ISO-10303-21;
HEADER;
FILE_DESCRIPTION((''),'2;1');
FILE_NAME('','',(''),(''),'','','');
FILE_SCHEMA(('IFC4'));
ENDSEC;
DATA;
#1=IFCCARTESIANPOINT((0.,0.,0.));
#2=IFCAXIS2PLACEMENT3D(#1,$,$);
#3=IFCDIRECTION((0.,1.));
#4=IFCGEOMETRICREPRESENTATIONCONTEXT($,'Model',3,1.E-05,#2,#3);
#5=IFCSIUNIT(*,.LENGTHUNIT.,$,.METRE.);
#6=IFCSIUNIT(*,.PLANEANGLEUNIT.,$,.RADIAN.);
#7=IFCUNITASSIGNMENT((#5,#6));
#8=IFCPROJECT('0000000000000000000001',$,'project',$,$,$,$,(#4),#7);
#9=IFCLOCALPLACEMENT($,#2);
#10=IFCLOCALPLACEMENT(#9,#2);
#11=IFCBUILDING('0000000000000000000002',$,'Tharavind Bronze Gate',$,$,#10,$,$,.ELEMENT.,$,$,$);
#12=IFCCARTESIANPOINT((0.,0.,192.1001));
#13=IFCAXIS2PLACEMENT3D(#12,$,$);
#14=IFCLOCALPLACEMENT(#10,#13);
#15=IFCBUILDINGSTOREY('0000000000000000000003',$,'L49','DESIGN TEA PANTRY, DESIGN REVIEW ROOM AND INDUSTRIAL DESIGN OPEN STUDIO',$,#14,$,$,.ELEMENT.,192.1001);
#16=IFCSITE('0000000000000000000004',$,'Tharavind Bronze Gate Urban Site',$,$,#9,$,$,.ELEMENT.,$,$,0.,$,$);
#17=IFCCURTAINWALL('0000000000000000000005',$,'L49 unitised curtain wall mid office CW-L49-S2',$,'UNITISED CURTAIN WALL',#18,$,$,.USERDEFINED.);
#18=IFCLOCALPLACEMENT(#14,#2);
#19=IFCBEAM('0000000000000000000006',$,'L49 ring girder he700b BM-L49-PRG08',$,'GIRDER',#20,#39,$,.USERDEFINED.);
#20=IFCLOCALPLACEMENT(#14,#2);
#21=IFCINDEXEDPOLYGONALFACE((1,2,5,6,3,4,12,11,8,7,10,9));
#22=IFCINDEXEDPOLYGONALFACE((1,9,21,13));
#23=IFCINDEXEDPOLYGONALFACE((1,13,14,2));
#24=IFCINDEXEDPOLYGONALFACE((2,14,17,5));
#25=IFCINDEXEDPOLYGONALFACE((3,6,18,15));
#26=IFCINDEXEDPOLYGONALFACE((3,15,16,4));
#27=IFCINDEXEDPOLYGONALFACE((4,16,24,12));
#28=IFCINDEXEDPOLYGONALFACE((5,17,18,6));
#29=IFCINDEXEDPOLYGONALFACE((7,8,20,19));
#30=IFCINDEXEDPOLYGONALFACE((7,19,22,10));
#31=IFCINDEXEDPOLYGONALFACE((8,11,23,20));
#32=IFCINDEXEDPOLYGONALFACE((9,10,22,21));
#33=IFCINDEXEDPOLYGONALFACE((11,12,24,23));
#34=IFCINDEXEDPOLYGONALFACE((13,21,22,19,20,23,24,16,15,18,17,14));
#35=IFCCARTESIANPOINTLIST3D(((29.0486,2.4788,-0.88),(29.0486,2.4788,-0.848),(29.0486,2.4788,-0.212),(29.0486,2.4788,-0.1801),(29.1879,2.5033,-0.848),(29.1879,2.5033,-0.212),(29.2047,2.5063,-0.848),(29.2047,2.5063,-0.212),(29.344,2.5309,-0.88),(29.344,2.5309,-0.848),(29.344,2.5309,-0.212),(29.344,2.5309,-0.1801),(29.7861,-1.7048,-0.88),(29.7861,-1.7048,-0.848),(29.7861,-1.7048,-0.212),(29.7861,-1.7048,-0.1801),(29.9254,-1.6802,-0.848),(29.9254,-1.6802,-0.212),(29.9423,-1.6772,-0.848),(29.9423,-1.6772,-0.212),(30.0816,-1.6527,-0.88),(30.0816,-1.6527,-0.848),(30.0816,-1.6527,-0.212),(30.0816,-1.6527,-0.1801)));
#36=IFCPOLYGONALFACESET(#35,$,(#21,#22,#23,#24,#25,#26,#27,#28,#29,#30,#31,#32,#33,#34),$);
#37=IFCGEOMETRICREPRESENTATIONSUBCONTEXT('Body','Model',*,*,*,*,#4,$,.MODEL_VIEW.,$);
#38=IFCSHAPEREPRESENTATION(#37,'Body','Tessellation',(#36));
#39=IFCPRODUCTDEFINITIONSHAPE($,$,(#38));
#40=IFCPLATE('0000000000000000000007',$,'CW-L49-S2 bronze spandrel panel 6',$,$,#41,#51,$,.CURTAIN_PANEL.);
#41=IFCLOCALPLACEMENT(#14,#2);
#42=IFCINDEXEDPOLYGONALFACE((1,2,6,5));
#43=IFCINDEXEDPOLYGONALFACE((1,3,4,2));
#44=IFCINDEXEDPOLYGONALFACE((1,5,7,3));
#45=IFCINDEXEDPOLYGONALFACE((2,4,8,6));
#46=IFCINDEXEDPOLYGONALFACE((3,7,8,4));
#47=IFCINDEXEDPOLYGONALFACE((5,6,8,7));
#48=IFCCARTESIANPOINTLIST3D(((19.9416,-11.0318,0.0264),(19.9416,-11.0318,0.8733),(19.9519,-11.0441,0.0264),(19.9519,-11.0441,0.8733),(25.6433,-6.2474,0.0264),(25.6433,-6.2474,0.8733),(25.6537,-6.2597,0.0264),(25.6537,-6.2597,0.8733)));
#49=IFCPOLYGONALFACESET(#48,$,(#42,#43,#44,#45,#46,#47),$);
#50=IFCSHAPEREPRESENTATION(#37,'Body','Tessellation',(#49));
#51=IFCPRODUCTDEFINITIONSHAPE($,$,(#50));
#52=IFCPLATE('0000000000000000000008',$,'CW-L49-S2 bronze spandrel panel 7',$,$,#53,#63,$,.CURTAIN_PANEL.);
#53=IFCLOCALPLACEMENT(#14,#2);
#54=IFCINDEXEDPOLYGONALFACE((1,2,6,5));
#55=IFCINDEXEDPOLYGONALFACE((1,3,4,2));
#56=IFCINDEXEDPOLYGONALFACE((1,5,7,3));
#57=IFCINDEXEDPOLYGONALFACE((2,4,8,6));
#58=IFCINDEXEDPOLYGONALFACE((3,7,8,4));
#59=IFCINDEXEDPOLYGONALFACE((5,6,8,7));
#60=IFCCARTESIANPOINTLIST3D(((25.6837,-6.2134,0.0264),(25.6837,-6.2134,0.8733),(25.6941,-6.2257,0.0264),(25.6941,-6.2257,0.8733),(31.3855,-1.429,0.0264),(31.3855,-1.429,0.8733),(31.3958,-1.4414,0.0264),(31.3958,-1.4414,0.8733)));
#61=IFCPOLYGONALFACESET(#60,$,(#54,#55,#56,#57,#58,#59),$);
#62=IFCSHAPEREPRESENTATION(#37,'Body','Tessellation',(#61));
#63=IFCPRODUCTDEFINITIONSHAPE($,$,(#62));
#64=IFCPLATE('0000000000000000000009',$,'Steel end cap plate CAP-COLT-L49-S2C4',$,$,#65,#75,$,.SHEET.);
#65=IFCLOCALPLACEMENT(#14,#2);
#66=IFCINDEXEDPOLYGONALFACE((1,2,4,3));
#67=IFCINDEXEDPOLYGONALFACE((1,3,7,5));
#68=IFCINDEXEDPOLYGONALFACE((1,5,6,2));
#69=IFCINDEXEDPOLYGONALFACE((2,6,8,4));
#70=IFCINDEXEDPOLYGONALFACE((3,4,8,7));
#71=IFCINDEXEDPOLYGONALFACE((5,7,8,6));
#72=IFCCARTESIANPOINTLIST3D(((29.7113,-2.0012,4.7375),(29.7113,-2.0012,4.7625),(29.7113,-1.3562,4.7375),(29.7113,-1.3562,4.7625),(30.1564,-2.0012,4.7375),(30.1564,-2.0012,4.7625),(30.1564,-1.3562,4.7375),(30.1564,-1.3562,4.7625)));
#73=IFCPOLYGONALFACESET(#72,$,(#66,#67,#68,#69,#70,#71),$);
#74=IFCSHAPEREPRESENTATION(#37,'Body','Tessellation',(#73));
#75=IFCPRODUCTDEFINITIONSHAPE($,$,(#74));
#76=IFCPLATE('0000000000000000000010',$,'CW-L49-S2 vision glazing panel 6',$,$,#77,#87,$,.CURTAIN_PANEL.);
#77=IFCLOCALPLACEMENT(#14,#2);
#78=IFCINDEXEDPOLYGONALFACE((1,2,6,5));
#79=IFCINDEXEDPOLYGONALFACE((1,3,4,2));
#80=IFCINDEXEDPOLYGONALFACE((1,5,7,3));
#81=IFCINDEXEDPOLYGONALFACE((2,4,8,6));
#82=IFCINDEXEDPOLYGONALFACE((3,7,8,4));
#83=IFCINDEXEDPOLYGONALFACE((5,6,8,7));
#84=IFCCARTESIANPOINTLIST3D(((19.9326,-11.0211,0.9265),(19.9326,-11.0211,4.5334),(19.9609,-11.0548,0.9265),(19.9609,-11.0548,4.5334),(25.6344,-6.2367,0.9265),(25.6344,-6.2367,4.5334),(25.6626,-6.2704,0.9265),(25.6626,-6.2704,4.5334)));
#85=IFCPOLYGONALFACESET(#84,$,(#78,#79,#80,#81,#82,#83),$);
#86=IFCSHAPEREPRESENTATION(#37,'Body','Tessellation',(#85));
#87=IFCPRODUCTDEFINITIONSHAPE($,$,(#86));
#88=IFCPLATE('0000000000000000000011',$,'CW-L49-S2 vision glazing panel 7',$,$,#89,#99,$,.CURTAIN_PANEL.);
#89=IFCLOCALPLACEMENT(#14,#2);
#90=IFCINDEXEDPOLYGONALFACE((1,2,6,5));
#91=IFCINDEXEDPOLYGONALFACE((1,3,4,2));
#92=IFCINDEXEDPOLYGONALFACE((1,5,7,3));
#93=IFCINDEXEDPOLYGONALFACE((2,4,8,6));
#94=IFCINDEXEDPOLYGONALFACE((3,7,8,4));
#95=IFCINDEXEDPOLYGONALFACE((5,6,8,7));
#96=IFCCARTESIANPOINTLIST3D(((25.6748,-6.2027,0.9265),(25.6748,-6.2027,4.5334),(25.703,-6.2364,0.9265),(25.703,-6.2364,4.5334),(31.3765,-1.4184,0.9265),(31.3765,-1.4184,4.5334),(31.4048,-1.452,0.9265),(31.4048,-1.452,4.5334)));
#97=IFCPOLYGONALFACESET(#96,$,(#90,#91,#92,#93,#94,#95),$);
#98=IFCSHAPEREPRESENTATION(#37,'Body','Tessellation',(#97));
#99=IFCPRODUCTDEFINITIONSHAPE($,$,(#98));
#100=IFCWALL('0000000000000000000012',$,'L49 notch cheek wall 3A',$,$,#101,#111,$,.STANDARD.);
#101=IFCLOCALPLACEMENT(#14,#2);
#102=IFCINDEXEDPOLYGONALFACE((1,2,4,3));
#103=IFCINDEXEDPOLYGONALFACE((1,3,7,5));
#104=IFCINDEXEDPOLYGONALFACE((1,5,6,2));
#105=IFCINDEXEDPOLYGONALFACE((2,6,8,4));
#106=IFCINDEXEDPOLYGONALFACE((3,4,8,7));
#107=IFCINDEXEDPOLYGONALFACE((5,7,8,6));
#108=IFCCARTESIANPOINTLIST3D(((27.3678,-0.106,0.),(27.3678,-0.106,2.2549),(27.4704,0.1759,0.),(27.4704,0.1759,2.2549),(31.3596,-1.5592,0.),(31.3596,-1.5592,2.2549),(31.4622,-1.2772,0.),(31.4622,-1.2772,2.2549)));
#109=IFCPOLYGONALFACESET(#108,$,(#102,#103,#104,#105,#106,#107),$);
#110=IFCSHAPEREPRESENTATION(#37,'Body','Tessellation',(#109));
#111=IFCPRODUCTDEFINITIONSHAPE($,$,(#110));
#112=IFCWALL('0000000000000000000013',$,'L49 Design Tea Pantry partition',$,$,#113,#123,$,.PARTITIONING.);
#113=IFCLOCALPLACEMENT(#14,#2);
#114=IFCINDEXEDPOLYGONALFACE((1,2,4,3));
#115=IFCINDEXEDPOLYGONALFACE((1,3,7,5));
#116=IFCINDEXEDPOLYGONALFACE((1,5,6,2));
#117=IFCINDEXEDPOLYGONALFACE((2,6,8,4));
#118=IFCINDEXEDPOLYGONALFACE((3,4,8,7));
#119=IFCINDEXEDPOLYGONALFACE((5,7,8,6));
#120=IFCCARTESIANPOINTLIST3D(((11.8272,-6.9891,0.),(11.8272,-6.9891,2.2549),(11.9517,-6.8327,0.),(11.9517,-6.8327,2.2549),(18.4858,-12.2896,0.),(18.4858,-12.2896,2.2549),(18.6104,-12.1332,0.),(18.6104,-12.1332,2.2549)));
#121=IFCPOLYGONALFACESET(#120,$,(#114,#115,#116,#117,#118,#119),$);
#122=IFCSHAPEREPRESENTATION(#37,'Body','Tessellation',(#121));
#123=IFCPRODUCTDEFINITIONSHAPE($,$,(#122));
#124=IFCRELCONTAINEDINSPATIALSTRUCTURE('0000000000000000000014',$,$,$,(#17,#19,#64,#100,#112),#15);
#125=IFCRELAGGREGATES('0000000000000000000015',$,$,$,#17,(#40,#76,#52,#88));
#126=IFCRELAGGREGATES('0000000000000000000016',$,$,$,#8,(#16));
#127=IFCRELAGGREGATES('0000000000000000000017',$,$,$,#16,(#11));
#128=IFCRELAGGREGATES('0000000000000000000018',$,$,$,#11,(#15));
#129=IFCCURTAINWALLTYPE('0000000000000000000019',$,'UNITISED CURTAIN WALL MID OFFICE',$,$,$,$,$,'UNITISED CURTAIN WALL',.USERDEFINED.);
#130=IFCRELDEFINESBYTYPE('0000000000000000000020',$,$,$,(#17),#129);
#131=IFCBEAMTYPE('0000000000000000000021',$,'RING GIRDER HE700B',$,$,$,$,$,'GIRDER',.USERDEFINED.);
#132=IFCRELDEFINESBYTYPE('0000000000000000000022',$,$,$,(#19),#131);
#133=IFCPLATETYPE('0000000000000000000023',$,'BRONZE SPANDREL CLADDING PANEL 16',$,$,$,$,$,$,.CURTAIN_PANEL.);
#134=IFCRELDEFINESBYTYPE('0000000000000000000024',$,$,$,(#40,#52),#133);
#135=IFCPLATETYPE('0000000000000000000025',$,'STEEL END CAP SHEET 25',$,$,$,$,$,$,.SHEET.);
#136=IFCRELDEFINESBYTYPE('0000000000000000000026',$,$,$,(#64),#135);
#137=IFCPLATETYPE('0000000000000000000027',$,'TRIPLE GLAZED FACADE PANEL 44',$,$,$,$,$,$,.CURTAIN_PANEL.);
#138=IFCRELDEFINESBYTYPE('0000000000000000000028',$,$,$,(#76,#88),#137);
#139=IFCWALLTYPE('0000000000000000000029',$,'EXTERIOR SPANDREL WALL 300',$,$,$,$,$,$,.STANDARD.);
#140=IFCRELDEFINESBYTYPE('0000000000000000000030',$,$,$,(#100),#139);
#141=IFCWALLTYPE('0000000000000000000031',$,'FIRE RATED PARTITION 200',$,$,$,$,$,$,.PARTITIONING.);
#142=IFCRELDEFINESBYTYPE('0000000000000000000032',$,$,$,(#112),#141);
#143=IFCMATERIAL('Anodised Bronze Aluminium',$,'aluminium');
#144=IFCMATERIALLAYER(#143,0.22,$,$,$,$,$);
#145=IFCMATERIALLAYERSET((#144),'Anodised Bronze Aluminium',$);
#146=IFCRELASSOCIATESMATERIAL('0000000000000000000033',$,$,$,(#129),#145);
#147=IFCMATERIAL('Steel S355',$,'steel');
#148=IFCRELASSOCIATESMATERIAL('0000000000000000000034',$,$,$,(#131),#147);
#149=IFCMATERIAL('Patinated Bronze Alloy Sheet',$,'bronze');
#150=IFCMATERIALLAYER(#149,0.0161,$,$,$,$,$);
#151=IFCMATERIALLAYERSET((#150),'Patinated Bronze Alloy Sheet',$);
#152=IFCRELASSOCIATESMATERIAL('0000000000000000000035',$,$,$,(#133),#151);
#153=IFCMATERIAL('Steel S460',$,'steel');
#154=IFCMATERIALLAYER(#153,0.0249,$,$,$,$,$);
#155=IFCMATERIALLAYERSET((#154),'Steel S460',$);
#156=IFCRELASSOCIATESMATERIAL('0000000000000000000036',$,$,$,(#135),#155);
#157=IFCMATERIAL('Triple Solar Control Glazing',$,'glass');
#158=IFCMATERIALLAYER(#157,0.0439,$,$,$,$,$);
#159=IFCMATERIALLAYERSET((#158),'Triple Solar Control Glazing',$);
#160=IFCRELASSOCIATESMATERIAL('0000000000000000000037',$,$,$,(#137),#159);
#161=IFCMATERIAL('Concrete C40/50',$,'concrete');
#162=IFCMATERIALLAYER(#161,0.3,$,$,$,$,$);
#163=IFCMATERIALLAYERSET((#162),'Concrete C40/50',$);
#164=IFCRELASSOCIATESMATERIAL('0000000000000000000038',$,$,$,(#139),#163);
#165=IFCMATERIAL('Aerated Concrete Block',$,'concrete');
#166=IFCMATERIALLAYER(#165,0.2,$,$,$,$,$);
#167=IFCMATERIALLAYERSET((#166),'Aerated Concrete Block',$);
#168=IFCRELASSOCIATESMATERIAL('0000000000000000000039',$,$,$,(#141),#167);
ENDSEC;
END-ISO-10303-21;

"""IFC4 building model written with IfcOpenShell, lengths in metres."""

from ifc_helpers import new_model, si_unit, direction, frame, frame_2d, origin, origin_2d, place, context, subcontext, project, spatial, rectangle, i_section, extrude, material, layer, layer_set, material_profile, profile_set, type_object, element, aggregate, save


model = new_model("IFC4")

# Units and contexts
model_context = context("Model", 3, precision=1e-05, world=origin(), true_north=direction((0.0, 1.0)))
body_context = subcontext(model_context, "Body", "Model", "MODEL_VIEW")
ifc_project = project(units=[si_unit("LENGTHUNIT", "METRE"), si_unit("PLANEANGLEUNIT", "RADIAN")], contexts=[model_context])

# Site, building, storey
site_placement = place(None, origin())
site = spatial("IfcSite", under=ifc_project, at=site_placement, Name="Tharavind Bronze Gate Urban Site", CompositionType="ELEMENT", RefElevation=0.0)
building_placement = place(site_placement, origin())
building = spatial("IfcBuilding", under=site, at=building_placement, Name="Tharavind Bronze Gate", CompositionType="ELEMENT")
storey_placement = place(building_placement, frame((0.0, 0.0, 192.1001)))
storey = spatial("IfcBuildingStorey", under=building, at=storey_placement, Name="L49", Description="DESIGN TEA PANTRY, DESIGN REVIEW ROOM AND INDUSTRIAL DESIGN OPEN STUDIO", CompositionType="ELEMENT", Elevation=192.1001)

# Shared definitions
ifc_material_1 = material(Name="Steel S460", Category="steel")

# Curtain wall
ifc_material_2 = material(Name="Anodised Bronze Aluminium", Category="aluminium")
ifc_layer_1 = layer(ifc_material_2, 0.22)
ifc_layer_set_1 = layer_set([ifc_layer_1], Name="Anodised Bronze Aluminium")
curtain_wall_type = type_object("IfcCurtainWallType", Name="UNITISED CURTAIN WALL MID OFFICE", ElementType="UNITISED CURTAIN WALL", PredefinedType="USERDEFINED", material=ifc_layer_set_1)
curtain_wall_placement = place(storey_placement, origin())
curtain_wall = element("IfcCurtainWall", 1, at=curtain_wall_placement, inside=storey, type_object=curtain_wall_type, Name="L49 unitised curtain wall mid office CW-L49-S2", ObjectType="UNITISED CURTAIN WALL", PredefinedType="USERDEFINED")

# Beam
ifc_material_3 = material(Name="Steel S355", Category="steel")
ifc_material_profile_1 = material_profile(ifc_material_3, i_section(OverallWidth=0.3, OverallDepth=0.7, WebThickness=0.0171, FlangeThickness=0.032, at=origin_2d()), Name="HE700B")
ifc_profile_set_1 = profile_set([ifc_material_profile_1], Name="Steel S355")
beam_type_1 = type_object("IfcBeamType", Name="RING GIRDER HE700B", ElementType="GIRDER", PredefinedType="USERDEFINED", material=ifc_profile_set_1)
beam_1_placement = place(storey_placement, frame((29.9338, -1.6787, -0.53), z_axis=(-0.173618, 0.984813, 0.0), x_axis=(-0.984813, -0.173618, 0.0)))
element("IfcBeam", 2, at=beam_1_placement, inside=storey, type_object=beam_type_1, Name="L49 ring girder he700b BM-L49-PRG08", ObjectType="GIRDER", PredefinedType="USERDEFINED", context=body_context, shape_type="SweptSolid", body=[
    extrude(i_section(OverallWidth=0.3, OverallDepth=0.7, WebThickness=0.0171, FlangeThickness=0.032, at=origin_2d()), origin(), (0.0, 0.0, 1.0), 4.248),
])

# Plates
ifc_material_4 = material(Name="Patinated Bronze Alloy Sheet", Category="bronze")
ifc_layer_2 = layer(ifc_material_4, 0.0161)
ifc_layer_set_2 = layer_set([ifc_layer_2], Name="Patinated Bronze Alloy Sheet")
plate_type_1 = type_object("IfcPlateType", Name="BRONZE SPANDREL CLADDING PANEL 16", PredefinedType="CURTAIN_PANEL", material=ifc_layer_set_2)
plate_1_placement = place(storey_placement, frame((22.7976, -8.6458, 0.0264), z_axis=(0.0, 0.0, 1.0), x_axis=(0.766043, 0.642789, 0.0)))
plate_1 = element("IfcPlate", 3, at=plate_1_placement, type_object=plate_type_1, Name="CW-L49-S2 bronze spandrel panel 6", PredefinedType="CURTAIN_PANEL", context=body_context, shape_type="SweptSolid", body=[
    extrude(rectangle(XDim=7.4431, YDim=0.0161, at=origin_2d()), origin(), (0.0, 0.0, 1.0), 0.8469),
])
plate_2_placement = place(storey_placement, frame((28.5398, -3.8274, 0.0264), z_axis=(0.0, 0.0, 1.0), x_axis=(0.766043, 0.642789, 0.0)))
plate_2 = element("IfcPlate", 4, at=plate_2_placement, type_object=plate_type_1, Name="CW-L49-S2 bronze spandrel panel 7", PredefinedType="CURTAIN_PANEL", context=body_context, shape_type="SweptSolid", body=[
    extrude(rectangle(XDim=7.4431, YDim=0.0161, at=origin_2d()), origin(), (0.0, 0.0, 1.0), 0.8469),
])
ifc_layer_3 = layer(ifc_material_1, 0.0249)
ifc_layer_set_3 = layer_set([ifc_layer_3], Name="Steel S460")
plate_type_2 = type_object("IfcPlateType", Name="STEEL END CAP SHEET 25", PredefinedType="SHEET", material=ifc_layer_set_3)
plate_3_placement = place(storey_placement, frame((29.9338, -1.6787, 4.7375), z_axis=(0.0, 0.0, 1.0), x_axis=(1.0, 0.0, 0.0)))
element("IfcPlate", 5, at=plate_3_placement, inside=storey, type_object=plate_type_2, Name="Steel end cap plate CAP-COLT-L49-S2C4", PredefinedType="SHEET", context=body_context, shape_type="SweptSolid", body=[
    extrude(rectangle(XDim=0.4451, YDim=0.645, at=origin_2d()), origin(), (0.0, 0.0, 1.0), 0.0249),
])
ifc_material_5 = material(Name="Triple Solar Control Glazing", Category="glass")
ifc_layer_4 = layer(ifc_material_5, 0.0439)
ifc_layer_set_4 = layer_set([ifc_layer_4], Name="Triple Solar Control Glazing")
plate_type_3 = type_object("IfcPlateType", Name="TRIPLE GLAZED FACADE PANEL 44", PredefinedType="CURTAIN_PANEL", material=ifc_layer_set_4)
plate_4_placement = place(storey_placement, frame((22.7976, -8.6458, 0.9265), z_axis=(0.0, 0.0, 1.0), x_axis=(0.766043, 0.642789, 0.0)))
plate_4 = element("IfcPlate", 6, at=plate_4_placement, type_object=plate_type_3, Name="CW-L49-S2 vision glazing panel 6", PredefinedType="CURTAIN_PANEL", context=body_context, shape_type="SweptSolid", body=[
    extrude(rectangle(XDim=7.4431, YDim=0.0439, at=origin_2d()), origin(), (0.0, 0.0, 1.0), 3.6069),
])
plate_5_placement = place(storey_placement, frame((28.5398, -3.8274, 0.9265), z_axis=(0.0, 0.0, 1.0), x_axis=(0.766043, 0.642789, 0.0)))
plate_5 = element("IfcPlate", 7, at=plate_5_placement, type_object=plate_type_3, Name="CW-L49-S2 vision glazing panel 7", PredefinedType="CURTAIN_PANEL", context=body_context, shape_type="SweptSolid", body=[
    extrude(rectangle(XDim=7.4431, YDim=0.0439, at=origin_2d()), origin(), (0.0, 0.0, 1.0), 3.6069),
])
aggregate(curtain_wall, [plate_1, plate_4, plate_2, plate_5])

# Walls
ifc_material_6 = material(Name="Concrete C40/50", Category="concrete")
ifc_layer_5 = layer(ifc_material_6, 0.3)
ifc_layer_set_5 = layer_set([ifc_layer_5], Name="Concrete C40/50")
wall_type_1 = type_object("IfcWallType", Name="EXTERIOR SPANDREL WALL 300", PredefinedType="STANDARD", material=ifc_layer_set_5)
wall_1_placement = place(storey_placement, frame((31.4109, -1.4182, 0.0), z_axis=(0.0, 0.0, 1.0), x_axis=(-0.939673, 0.342075, 0.0)))
element("IfcWall", 8, at=wall_1_placement, inside=storey, type_object=wall_type_1, Name="L49 notch cheek wall 3A", PredefinedType="STANDARD", context=body_context, shape_type="SweptSolid", body=[
    extrude(rectangle(XDim=4.248, YDim=0.3, at=frame_2d((2.124, 0.0))), origin(), (0.0, 0.0, 1.0), 2.2549),
])
ifc_material_7 = material(Name="Aerated Concrete Block", Category="concrete")
ifc_layer_6 = layer(ifc_material_7, 0.2)
ifc_layer_set_6 = layer_set([ifc_layer_6], Name="Aerated Concrete Block")
wall_type_2 = type_object("IfcWallType", Name="FIRE RATED PARTITION 200", PredefinedType="PARTITIONING", material=ifc_layer_set_6)
wall_2_placement = place(storey_placement, frame((18.5481, -12.2114, 0.0), z_axis=(0.0, 0.0, 1.0), x_axis=(-0.782381, 0.622801, 0.0)))
element("IfcWall", 9, at=wall_2_placement, inside=storey, type_object=wall_type_2, Name="L49 Design Tea Pantry partition", PredefinedType="PARTITIONING", context=body_context, shape_type="SweptSolid", body=[
    extrude(rectangle(XDim=8.5107, YDim=0.2, at=frame_2d((4.2554, 0.0))), origin(), (0.0, 0.0, 1.0), 2.2549),
])

save(model, "model.ifc")
